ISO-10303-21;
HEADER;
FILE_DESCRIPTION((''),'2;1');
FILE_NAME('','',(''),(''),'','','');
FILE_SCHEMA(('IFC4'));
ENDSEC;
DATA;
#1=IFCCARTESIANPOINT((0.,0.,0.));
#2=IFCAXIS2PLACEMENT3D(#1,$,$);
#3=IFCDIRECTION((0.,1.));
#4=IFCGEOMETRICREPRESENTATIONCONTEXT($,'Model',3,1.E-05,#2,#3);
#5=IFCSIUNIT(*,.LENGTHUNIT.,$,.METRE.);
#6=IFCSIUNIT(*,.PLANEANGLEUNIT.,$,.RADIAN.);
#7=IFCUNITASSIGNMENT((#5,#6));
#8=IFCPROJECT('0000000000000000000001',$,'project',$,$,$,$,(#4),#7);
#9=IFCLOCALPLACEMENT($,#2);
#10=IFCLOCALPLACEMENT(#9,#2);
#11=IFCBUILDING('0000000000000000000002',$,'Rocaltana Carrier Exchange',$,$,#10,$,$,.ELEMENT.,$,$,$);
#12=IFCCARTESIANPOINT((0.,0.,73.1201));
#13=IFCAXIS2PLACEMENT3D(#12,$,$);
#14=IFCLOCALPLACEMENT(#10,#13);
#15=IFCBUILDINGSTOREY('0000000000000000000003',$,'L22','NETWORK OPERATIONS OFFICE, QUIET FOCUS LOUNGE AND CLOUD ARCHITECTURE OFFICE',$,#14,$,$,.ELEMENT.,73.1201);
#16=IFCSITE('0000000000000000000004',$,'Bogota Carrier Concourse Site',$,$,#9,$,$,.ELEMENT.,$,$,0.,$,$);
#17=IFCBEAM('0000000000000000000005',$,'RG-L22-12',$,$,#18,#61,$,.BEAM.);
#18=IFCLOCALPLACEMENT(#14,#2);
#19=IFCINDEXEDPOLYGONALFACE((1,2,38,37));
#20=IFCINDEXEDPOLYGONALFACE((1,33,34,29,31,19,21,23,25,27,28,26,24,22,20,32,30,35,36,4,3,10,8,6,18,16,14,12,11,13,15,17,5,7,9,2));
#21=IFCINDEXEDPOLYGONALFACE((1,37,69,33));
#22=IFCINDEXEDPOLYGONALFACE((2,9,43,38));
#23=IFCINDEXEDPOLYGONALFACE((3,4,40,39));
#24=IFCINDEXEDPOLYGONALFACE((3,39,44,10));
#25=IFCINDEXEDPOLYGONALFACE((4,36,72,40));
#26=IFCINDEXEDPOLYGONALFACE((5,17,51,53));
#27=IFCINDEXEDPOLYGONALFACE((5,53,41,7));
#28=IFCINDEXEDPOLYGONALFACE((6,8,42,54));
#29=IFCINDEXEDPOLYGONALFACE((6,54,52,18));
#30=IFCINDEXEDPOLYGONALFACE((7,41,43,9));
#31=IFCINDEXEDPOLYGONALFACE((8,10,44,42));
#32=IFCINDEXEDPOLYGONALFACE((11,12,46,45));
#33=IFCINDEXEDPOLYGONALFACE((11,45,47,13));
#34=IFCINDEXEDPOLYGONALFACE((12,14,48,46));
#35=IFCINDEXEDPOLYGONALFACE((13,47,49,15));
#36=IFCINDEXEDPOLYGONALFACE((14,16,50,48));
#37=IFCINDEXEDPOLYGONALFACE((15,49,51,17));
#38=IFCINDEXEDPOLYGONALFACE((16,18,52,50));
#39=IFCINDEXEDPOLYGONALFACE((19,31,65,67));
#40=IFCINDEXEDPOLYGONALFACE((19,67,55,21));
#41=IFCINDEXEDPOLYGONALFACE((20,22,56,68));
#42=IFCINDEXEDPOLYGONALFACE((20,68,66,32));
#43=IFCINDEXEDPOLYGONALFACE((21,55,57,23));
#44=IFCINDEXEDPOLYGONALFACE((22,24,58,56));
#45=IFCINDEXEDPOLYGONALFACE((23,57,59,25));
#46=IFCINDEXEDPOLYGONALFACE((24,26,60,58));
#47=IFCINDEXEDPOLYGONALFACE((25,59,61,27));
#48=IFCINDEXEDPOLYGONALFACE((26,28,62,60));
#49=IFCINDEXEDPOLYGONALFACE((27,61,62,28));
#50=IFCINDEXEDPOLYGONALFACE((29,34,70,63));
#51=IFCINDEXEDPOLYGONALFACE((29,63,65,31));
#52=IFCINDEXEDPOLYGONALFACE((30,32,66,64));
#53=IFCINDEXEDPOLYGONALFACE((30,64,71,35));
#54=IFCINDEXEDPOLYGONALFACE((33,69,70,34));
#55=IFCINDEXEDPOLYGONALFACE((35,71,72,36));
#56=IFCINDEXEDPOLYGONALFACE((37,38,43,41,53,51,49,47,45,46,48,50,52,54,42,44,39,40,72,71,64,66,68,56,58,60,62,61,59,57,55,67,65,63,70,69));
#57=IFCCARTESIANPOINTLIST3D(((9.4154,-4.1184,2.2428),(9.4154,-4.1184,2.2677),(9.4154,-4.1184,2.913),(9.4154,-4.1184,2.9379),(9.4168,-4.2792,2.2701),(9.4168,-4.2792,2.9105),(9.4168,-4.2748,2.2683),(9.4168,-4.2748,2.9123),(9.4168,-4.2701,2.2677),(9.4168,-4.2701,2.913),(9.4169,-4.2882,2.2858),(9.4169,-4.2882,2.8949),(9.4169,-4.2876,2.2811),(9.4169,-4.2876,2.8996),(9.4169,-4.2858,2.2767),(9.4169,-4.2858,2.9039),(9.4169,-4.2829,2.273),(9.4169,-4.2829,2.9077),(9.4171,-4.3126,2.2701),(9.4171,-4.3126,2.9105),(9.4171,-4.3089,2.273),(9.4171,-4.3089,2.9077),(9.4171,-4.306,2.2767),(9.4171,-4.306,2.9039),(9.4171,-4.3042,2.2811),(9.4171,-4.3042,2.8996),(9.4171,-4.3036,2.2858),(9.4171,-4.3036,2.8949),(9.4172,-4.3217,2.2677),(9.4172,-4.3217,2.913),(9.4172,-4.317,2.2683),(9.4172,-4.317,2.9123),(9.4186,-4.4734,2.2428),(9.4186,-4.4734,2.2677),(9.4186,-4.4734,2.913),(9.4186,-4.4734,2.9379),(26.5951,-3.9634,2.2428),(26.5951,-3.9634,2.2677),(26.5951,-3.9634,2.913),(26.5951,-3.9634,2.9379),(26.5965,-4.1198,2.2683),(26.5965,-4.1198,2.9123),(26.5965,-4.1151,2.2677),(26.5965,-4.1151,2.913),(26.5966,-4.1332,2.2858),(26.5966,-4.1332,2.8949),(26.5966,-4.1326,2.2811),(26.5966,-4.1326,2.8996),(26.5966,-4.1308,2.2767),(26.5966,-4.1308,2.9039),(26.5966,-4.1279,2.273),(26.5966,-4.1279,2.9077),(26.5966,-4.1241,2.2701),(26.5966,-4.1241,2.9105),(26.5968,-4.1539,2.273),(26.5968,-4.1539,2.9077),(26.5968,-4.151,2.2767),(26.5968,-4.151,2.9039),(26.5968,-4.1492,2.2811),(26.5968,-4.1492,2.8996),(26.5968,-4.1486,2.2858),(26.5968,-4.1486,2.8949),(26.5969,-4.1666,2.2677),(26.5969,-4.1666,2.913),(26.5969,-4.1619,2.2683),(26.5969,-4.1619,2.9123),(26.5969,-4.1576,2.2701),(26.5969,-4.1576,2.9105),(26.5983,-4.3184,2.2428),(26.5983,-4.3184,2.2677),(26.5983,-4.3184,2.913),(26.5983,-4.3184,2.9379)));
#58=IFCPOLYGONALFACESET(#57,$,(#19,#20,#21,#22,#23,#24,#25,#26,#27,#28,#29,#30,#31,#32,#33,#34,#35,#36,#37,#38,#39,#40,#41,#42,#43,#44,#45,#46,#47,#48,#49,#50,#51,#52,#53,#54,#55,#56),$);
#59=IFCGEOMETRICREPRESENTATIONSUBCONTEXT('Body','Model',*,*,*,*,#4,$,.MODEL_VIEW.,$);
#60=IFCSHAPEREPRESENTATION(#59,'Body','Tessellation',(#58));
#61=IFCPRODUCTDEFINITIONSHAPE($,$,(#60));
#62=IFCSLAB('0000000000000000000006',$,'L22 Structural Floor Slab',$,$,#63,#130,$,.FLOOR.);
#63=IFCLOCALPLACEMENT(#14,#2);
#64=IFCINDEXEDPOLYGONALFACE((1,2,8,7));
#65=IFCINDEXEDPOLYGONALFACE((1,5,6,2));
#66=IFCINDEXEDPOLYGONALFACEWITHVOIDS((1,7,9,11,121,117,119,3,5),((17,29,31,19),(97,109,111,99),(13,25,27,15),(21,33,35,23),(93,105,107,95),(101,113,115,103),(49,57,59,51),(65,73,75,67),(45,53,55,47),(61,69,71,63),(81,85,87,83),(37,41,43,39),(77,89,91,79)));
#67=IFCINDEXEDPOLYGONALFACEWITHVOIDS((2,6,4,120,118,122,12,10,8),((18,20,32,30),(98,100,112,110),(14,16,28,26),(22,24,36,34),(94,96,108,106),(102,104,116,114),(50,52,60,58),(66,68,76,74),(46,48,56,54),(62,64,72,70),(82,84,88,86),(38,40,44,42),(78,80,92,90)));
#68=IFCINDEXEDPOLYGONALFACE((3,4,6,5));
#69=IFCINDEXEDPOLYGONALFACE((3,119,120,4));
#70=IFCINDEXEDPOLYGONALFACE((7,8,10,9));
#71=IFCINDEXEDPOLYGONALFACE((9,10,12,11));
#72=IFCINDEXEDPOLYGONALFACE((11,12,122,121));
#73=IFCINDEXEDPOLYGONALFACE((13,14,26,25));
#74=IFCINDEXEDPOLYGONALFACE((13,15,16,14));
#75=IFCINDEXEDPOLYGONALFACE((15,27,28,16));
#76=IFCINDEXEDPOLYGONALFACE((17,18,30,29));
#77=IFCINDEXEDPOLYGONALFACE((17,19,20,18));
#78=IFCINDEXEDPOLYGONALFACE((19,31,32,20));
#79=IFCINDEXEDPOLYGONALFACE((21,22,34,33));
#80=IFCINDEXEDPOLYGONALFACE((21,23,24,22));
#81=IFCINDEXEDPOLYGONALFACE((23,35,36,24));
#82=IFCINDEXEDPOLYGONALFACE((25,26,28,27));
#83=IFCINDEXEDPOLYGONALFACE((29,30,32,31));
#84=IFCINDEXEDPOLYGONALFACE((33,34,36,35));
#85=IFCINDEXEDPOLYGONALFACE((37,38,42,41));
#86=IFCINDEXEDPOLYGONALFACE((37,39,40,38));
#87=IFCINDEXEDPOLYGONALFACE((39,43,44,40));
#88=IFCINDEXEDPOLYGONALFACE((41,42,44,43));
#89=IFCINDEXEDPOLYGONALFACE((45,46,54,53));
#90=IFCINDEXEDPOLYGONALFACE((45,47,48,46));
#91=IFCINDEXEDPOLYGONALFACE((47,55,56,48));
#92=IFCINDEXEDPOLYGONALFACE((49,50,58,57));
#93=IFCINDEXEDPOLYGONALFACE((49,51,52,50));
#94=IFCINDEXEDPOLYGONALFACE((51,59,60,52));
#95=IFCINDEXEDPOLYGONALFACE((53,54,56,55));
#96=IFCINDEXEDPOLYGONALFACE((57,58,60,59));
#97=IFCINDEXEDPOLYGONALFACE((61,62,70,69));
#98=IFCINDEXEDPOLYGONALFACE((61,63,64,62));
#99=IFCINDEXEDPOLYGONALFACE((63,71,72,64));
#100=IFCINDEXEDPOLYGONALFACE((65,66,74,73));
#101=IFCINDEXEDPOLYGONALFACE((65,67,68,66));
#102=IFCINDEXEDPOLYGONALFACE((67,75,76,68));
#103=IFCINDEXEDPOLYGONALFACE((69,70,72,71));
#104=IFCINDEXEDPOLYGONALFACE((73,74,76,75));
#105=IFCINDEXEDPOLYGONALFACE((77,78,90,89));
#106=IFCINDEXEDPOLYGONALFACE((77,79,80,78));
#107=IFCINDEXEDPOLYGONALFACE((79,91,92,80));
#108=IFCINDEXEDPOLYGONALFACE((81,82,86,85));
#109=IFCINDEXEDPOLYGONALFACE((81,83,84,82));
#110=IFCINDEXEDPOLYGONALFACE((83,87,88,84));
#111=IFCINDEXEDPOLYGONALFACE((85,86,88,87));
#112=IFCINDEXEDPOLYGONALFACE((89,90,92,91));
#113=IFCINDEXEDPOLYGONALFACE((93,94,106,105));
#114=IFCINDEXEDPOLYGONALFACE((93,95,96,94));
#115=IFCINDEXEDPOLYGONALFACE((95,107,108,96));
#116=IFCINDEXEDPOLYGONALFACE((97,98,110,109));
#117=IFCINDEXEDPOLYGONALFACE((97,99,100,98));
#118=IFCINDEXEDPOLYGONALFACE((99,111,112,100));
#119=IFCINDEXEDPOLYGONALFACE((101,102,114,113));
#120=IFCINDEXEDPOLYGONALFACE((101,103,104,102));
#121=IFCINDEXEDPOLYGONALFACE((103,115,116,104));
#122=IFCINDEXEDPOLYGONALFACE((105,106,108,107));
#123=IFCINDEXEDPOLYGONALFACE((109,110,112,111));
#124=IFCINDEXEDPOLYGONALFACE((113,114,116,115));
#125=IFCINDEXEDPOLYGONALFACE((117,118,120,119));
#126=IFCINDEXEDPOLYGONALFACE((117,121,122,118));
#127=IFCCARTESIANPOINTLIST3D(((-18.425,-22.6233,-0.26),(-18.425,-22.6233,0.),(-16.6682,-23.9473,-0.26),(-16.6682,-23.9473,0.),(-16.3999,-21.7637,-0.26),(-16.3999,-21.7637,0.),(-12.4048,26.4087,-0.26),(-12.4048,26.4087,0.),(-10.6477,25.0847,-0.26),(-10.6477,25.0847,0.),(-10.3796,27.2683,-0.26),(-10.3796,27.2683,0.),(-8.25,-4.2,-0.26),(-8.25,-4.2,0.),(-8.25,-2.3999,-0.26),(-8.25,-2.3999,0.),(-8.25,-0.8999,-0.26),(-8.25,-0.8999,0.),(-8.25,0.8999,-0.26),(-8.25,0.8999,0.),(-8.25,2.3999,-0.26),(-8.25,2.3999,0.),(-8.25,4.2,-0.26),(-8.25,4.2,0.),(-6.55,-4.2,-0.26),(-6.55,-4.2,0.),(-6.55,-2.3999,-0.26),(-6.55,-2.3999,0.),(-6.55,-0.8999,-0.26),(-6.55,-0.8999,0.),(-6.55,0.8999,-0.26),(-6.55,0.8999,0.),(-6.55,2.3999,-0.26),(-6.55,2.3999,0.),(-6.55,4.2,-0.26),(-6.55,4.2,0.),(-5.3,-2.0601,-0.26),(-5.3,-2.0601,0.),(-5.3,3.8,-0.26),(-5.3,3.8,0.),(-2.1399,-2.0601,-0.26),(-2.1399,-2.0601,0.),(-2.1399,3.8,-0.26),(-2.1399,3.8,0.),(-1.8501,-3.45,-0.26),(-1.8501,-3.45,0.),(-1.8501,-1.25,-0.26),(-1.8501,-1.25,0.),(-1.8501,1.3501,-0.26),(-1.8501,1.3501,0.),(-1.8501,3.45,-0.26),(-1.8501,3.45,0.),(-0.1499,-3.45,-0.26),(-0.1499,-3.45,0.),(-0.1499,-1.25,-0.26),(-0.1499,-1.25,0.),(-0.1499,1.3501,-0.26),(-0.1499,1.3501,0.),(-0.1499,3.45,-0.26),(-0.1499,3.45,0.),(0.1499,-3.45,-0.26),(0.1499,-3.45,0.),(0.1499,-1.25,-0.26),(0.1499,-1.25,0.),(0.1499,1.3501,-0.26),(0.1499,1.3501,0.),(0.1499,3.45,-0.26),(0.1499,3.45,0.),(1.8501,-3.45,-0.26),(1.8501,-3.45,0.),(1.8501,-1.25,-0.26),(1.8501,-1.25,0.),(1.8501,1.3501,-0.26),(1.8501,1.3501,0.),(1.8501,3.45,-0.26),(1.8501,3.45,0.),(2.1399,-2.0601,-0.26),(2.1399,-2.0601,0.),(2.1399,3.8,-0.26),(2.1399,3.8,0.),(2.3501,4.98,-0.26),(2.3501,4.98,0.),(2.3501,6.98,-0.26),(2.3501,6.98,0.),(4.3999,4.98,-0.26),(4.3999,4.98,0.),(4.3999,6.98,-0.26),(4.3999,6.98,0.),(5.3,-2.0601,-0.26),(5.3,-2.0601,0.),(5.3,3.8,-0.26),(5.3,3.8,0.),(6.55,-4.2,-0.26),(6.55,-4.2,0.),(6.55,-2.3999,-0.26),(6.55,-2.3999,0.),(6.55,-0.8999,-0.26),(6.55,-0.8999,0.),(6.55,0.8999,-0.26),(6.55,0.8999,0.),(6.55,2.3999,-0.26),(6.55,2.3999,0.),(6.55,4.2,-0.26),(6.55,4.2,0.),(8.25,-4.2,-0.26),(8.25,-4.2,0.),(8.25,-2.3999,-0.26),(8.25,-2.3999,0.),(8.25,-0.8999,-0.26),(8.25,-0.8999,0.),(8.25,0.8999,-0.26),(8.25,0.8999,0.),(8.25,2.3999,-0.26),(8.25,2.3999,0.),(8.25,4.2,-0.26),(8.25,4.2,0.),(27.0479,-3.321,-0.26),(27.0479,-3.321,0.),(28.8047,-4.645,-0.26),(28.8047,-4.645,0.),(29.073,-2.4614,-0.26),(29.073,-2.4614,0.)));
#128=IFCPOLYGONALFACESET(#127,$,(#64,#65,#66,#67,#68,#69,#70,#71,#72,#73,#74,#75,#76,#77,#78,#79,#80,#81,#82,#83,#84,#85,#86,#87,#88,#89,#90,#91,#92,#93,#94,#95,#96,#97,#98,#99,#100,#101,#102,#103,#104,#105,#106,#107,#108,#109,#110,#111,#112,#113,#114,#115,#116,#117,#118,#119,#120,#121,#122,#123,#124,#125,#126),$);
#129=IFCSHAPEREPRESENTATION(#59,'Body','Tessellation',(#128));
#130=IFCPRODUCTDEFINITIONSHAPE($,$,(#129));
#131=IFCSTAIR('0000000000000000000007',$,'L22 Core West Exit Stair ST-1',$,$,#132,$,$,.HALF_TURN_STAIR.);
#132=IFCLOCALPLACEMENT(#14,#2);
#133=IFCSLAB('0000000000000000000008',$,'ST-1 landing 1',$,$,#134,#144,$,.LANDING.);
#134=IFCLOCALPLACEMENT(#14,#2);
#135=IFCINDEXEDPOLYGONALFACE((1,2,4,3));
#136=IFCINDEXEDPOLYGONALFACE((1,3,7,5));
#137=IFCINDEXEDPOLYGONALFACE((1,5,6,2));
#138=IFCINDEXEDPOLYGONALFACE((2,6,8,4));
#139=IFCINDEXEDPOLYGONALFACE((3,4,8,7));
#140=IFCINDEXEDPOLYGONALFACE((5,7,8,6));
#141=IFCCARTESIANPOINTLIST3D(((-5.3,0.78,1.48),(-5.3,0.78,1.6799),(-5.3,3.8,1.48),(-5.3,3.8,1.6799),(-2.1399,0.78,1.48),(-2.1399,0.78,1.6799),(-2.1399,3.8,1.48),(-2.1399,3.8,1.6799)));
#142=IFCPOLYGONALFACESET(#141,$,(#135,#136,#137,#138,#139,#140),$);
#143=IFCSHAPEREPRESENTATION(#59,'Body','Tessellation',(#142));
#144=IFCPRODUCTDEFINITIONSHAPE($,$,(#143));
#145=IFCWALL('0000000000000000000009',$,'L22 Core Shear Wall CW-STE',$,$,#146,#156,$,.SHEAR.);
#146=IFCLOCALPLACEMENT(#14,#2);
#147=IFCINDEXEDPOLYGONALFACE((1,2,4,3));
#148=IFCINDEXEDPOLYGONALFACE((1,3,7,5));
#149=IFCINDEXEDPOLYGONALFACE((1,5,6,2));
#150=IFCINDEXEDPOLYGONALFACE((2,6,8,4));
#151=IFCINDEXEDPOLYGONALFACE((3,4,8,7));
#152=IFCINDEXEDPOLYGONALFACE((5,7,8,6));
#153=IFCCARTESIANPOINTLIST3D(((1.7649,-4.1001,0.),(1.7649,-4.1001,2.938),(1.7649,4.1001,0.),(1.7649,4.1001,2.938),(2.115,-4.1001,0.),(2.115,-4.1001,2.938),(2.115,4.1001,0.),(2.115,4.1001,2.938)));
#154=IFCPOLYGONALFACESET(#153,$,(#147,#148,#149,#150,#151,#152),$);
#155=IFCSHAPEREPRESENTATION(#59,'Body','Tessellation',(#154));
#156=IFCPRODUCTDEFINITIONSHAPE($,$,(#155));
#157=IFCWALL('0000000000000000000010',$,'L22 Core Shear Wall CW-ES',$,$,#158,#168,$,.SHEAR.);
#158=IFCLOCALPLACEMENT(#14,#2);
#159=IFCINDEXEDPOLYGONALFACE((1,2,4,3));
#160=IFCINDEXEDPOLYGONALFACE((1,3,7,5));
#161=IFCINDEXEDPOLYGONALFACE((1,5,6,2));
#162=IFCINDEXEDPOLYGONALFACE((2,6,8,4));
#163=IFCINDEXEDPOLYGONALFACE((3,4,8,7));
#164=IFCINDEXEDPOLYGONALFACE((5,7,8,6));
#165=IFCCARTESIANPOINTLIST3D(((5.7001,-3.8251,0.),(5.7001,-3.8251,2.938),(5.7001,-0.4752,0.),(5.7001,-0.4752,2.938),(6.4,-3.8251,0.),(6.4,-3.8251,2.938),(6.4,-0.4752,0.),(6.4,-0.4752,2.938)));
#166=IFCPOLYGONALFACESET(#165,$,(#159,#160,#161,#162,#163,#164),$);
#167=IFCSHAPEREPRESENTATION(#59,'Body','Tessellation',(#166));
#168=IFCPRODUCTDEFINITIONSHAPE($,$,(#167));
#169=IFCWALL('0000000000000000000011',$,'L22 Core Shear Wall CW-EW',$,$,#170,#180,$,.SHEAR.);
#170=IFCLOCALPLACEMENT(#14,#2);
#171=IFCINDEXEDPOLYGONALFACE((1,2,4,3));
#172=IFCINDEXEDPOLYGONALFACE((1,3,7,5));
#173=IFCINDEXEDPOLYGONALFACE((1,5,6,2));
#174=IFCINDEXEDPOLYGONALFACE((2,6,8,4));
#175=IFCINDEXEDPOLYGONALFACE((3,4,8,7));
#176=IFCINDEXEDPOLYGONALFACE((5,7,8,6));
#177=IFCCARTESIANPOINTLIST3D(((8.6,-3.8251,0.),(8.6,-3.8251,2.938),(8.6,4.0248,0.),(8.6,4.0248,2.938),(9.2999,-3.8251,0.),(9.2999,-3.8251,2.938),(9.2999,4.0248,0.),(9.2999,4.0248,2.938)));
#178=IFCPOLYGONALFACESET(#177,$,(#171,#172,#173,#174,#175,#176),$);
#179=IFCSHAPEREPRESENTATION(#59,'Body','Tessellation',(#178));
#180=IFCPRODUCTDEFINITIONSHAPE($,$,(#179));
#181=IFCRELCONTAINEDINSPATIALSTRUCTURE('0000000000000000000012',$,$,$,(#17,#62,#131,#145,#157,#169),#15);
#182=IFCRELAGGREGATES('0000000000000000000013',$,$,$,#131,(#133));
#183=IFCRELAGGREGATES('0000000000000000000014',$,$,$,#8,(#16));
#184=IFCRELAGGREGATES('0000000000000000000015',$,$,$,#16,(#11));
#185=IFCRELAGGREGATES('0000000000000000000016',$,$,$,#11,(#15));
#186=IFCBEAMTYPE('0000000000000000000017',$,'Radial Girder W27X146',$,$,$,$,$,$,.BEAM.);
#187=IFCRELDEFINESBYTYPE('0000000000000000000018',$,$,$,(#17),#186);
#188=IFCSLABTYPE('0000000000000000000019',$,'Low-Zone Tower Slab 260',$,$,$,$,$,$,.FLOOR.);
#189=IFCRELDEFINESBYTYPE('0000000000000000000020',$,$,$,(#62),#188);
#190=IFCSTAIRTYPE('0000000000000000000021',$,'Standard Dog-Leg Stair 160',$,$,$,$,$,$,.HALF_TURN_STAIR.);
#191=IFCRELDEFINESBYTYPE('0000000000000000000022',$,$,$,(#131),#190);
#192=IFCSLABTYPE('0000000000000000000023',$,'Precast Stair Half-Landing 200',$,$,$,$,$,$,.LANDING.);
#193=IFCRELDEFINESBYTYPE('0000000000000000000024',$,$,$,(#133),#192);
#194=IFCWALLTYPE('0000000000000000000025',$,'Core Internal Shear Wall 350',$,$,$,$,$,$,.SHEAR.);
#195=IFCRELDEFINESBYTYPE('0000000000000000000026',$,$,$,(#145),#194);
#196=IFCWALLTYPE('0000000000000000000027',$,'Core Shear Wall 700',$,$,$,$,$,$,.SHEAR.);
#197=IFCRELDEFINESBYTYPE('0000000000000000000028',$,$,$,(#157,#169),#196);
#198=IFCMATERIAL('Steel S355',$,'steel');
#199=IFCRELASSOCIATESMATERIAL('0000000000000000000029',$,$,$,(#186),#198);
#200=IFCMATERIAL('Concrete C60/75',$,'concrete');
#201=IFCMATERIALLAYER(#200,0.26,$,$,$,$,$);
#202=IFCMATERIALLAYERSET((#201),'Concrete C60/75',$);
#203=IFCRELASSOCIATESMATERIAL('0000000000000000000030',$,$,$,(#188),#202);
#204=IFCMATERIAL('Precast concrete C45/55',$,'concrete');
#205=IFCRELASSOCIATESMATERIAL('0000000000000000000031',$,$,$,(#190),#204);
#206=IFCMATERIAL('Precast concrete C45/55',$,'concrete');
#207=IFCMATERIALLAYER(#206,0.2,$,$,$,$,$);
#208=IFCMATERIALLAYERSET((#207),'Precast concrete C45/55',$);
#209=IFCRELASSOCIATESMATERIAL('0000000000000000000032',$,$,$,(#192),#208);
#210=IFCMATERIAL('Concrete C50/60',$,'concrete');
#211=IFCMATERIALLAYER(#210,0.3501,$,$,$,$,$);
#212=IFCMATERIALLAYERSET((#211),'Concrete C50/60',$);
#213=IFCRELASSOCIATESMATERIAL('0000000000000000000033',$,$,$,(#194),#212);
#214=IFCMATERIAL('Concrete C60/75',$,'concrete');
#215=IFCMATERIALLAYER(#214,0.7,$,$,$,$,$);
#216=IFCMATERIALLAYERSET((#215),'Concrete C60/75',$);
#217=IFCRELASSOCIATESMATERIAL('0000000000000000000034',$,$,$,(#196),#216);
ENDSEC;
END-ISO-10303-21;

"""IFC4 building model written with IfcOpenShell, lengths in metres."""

from ifc_helpers import new_model, si_unit, direction, frame, frame_2d, origin, origin_2d, place, context, subcontext, project, spatial, polyline, rectangle, i_section, outline, extrude, material, layer, layer_set, material_profile, profile_set, type_object, element, aggregate, save


model = new_model("IFC4")

# Units and contexts
model_context = context("Model", 3, precision=1e-05, world=origin(), true_north=direction((0.0, 1.0)))
body_context = subcontext(model_context, "Body", "Model", "MODEL_VIEW")
ifc_project = project(units=[si_unit("LENGTHUNIT", "METRE"), si_unit("PLANEANGLEUNIT", "RADIAN")], contexts=[model_context])

# Site, building, storey
site_placement = place(None, origin())
site = spatial("IfcSite", under=ifc_project, at=site_placement, Name="Bogota Carrier Concourse Site", CompositionType="ELEMENT", RefElevation=0.0)
building_placement = place(site_placement, origin())
building = spatial("IfcBuilding", under=site, at=building_placement, Name="Rocaltana Carrier Exchange", CompositionType="ELEMENT")
storey_placement = place(building_placement, frame((0.0, 0.0, 73.1201)))
storey = spatial("IfcBuildingStorey", under=building, at=storey_placement, Name="L22", Description="NETWORK OPERATIONS OFFICE, QUIET FOCUS LOUNGE AND CLOUD ARCHITECTURE OFFICE", CompositionType="ELEMENT", Elevation=73.1201)

# Beam
ifc_material_1 = material(Name="Steel S355", Category="steel")
ifc_material_profile_1 = material_profile(ifc_material_1, i_section(OverallWidth=0.355, OverallDepth=0.6951, WebThickness=0.0154, FlangeThickness=0.0249, FilletRadius=0.0181, at=origin_2d()), Name="W27X146")
ifc_profile_set_1 = profile_set([ifc_material_profile_1], Name="Steel S355")
beam_type = type_object("IfcBeamType", Name="Radial Girder W27X146", PredefinedType="BEAM", material=ifc_profile_set_1)
beam_1_placement = place(storey_placement, frame((9.417, -4.2959, 2.5903), z_axis=(0.999959, 0.009024, 0.0), x_axis=(-0.009024, 0.999959, 0.0)))
element("IfcBeam", 1, at=beam_1_placement, inside=storey, type_object=beam_type, Name="RG-L22-12", PredefinedType="BEAM", context=body_context, shape_type="SweptSolid", body=[
    extrude(i_section(OverallWidth=0.355, OverallDepth=0.6951, WebThickness=0.0154, FlangeThickness=0.0249, FilletRadius=0.0181, at=origin_2d()), origin(), (0.0, 0.0, 1.0), 17.1804),
])

# Slab
ifc_material_2 = material(Name="Concrete C60/75", Category="concrete")
ifc_layer_1 = layer(ifc_material_2, 0.26)
ifc_layer_set_1 = layer_set([ifc_layer_1], Name="Concrete C60/75")
slab_type_1 = type_object("IfcSlabType", Name="Low-Zone Tower Slab 260", PredefinedType="FLOOR", material=ifc_layer_set_1)
slab_1_placement = place(storey_placement, frame((0.0, 0.0, -0.26)))
element("IfcSlab", 2, at=slab_1_placement, inside=storey, type_object=slab_type_1, Name="L22 Structural Floor Slab", PredefinedType="FLOOR", context=body_context, shape_type="SweptSolid", body=[
    extrude(outline(polyline([(28.8047, -4.645), (27.0479, -3.321), (29.073, -2.4614), (-10.3796, 27.2683), (-10.6477, 25.0847), (-12.4048, 26.4087), (-18.425, -22.6233), (-16.3999, -21.7637), (-16.6682, -23.9473), (28.8047, -4.645)]), holes=[polyline([(-5.3, -2.0601), (-2.1399, -2.0601), (-2.1399, 3.8), (-5.3, 3.8), (-5.3, -2.0601)]), polyline([(2.1399, -2.0601), (5.3, -2.0601), (5.3, 3.8), (2.1399, 3.8), (2.1399, -2.0601)]), polyline([(-1.8501, -3.45), (-0.1499, -3.45), (-0.1499, -1.25), (-1.8501, -1.25), (-1.8501, -3.45)]), polyline([(0.1499, -3.45), (1.8501, -3.45), (1.8501, -1.25), (0.1499, -1.25), (0.1499, -3.45)]), polyline([(2.3501, 4.98), (4.3999, 4.98), (4.3999, 6.98), (2.3501, 6.98), (2.3501, 4.98)]), polyline([(-1.8501, 1.3501), (-0.1499, 1.3501), (-0.1499, 3.45), (-1.8501, 3.45), (-1.8501, 1.3501)]), polyline([(0.1499, 1.3501), (1.8501, 1.3501), (1.8501, 3.45), (0.1499, 3.45), (0.1499, 1.3501)]), polyline([(-8.25, -4.2), (-6.55, -4.2), (-6.55, -2.3999), (-8.25, -2.3999), (-8.25, -4.2)]), polyline([(-8.25, -0.8999), (-6.55, -0.8999), (-6.55, 0.8999), (-8.25, 0.8999), (-8.25, -0.8999)]), polyline([(-8.25, 2.3999), (-6.55, 2.3999), (-6.55, 4.2), (-8.25, 4.2), (-8.25, 2.3999)]), polyline([(6.55, -4.2), (8.25, -4.2), (8.25, -2.3999), (6.55, -2.3999), (6.55, -4.2)]), polyline([(6.55, -0.8999), (8.25, -0.8999), (8.25, 0.8999), (6.55, 0.8999), (6.55, -0.8999)]), polyline([(6.55, 2.3999), (8.25, 2.3999), (8.25, 4.2), (6.55, 4.2), (6.55, 2.3999)])]), origin(), (0.0, 0.0, 1.0), 0.26),
])

# Stair, slab
ifc_material_3 = material(Name="Precast concrete C45/55", Category="concrete")
stair_type = type_object("IfcStairType", Name="Standard Dog-Leg Stair 160", PredefinedType="HALF_TURN_STAIR", material=ifc_material_3)
stair_1_placement = place(storey_placement, origin())
stair_1 = element("IfcStair", 3, at=stair_1_placement, inside=storey, type_object=stair_type, Name="L22 Core West Exit Stair ST-1", PredefinedType="HALF_TURN_STAIR")
ifc_material_4 = material(Name="Precast concrete C45/55", Category="concrete")
ifc_layer_2 = layer(ifc_material_4, 0.2)
ifc_layer_set_2 = layer_set([ifc_layer_2], Name="Precast concrete C45/55")
slab_type_2 = type_object("IfcSlabType", Name="Precast Stair Half-Landing 200", PredefinedType="LANDING", material=ifc_layer_set_2)
slab_2_placement = place(storey_placement, frame((0.0, 0.0, 1.48)))
slab_2 = element("IfcSlab", 4, at=slab_2_placement, type_object=slab_type_2, Name="ST-1 landing 1", PredefinedType="LANDING", context=body_context, shape_type="SweptSolid", body=[
    extrude(outline(polyline([(-2.1399, 0.78), (-2.1399, 3.8), (-5.3, 3.8), (-5.3, 0.78), (-2.1399, 0.78)])), origin(), (0.0, 0.0, 1.0), 0.2),
])
aggregate(stair_1, [slab_2])

# Walls
ifc_material_5 = material(Name="Concrete C50/60", Category="concrete")
ifc_layer_3 = layer(ifc_material_5, 0.3501)
ifc_layer_set_3 = layer_set([ifc_layer_3], Name="Concrete C50/60")
wall_type_1 = type_object("IfcWallType", Name="Core Internal Shear Wall 350", PredefinedType="SHEAR", material=ifc_layer_set_3)
wall_1_placement = place(storey_placement, frame((1.9399, -4.1001, 0.0), z_axis=(0.0, 0.0, 1.0), x_axis=(0.0, 1.0, 0.0)))
element("IfcWall", 5, at=wall_1_placement, inside=storey, type_object=wall_type_1, Name="L22 Core Shear Wall CW-STE", PredefinedType="SHEAR", context=body_context, shape_type="SweptSolid", body=[
    extrude(rectangle(XDim=8.2002, YDim=0.3501, at=frame_2d((4.1001, 0.0))), origin(), (0.0, 0.0, 1.0), 2.938),
])
ifc_material_6 = material(Name="Concrete C60/75", Category="concrete")
ifc_layer_4 = layer(ifc_material_6, 0.7)
ifc_layer_set_4 = layer_set([ifc_layer_4], Name="Concrete C60/75")
wall_type_2 = type_object("IfcWallType", Name="Core Shear Wall 700", PredefinedType="SHEAR", material=ifc_layer_set_4)
wall_2_placement = place(storey_placement, frame((6.05, -3.825, 0.0), z_axis=(0.0, 0.0, 1.0), x_axis=(0.0, 1.0, 0.0)))
element("IfcWall", 6, at=wall_2_placement, inside=storey, type_object=wall_type_2, Name="L22 Core Shear Wall CW-ES", PredefinedType="SHEAR", context=body_context, shape_type="SweptSolid", body=[
    extrude(rectangle(XDim=3.3499, YDim=0.7, at=frame_2d((1.6748, 0.0))), origin(), (0.0, 0.0, 1.0), 2.938),
])
wall_3_placement = place(storey_placement, frame((8.95, -3.825, 0.0), z_axis=(0.0, 0.0, 1.0), x_axis=(0.0, 1.0, 0.0)))
element("IfcWall", 7, at=wall_3_placement, inside=storey, type_object=wall_type_2, Name="L22 Core Shear Wall CW-EW", PredefinedType="SHEAR", context=body_context, shape_type="SweptSolid", body=[
    extrude(rectangle(XDim=7.8499, YDim=0.7, at=frame_2d((3.9248, 0.0))), origin(), (0.0, 0.0, 1.0), 2.938),
])

save(model, "model.ifc")
